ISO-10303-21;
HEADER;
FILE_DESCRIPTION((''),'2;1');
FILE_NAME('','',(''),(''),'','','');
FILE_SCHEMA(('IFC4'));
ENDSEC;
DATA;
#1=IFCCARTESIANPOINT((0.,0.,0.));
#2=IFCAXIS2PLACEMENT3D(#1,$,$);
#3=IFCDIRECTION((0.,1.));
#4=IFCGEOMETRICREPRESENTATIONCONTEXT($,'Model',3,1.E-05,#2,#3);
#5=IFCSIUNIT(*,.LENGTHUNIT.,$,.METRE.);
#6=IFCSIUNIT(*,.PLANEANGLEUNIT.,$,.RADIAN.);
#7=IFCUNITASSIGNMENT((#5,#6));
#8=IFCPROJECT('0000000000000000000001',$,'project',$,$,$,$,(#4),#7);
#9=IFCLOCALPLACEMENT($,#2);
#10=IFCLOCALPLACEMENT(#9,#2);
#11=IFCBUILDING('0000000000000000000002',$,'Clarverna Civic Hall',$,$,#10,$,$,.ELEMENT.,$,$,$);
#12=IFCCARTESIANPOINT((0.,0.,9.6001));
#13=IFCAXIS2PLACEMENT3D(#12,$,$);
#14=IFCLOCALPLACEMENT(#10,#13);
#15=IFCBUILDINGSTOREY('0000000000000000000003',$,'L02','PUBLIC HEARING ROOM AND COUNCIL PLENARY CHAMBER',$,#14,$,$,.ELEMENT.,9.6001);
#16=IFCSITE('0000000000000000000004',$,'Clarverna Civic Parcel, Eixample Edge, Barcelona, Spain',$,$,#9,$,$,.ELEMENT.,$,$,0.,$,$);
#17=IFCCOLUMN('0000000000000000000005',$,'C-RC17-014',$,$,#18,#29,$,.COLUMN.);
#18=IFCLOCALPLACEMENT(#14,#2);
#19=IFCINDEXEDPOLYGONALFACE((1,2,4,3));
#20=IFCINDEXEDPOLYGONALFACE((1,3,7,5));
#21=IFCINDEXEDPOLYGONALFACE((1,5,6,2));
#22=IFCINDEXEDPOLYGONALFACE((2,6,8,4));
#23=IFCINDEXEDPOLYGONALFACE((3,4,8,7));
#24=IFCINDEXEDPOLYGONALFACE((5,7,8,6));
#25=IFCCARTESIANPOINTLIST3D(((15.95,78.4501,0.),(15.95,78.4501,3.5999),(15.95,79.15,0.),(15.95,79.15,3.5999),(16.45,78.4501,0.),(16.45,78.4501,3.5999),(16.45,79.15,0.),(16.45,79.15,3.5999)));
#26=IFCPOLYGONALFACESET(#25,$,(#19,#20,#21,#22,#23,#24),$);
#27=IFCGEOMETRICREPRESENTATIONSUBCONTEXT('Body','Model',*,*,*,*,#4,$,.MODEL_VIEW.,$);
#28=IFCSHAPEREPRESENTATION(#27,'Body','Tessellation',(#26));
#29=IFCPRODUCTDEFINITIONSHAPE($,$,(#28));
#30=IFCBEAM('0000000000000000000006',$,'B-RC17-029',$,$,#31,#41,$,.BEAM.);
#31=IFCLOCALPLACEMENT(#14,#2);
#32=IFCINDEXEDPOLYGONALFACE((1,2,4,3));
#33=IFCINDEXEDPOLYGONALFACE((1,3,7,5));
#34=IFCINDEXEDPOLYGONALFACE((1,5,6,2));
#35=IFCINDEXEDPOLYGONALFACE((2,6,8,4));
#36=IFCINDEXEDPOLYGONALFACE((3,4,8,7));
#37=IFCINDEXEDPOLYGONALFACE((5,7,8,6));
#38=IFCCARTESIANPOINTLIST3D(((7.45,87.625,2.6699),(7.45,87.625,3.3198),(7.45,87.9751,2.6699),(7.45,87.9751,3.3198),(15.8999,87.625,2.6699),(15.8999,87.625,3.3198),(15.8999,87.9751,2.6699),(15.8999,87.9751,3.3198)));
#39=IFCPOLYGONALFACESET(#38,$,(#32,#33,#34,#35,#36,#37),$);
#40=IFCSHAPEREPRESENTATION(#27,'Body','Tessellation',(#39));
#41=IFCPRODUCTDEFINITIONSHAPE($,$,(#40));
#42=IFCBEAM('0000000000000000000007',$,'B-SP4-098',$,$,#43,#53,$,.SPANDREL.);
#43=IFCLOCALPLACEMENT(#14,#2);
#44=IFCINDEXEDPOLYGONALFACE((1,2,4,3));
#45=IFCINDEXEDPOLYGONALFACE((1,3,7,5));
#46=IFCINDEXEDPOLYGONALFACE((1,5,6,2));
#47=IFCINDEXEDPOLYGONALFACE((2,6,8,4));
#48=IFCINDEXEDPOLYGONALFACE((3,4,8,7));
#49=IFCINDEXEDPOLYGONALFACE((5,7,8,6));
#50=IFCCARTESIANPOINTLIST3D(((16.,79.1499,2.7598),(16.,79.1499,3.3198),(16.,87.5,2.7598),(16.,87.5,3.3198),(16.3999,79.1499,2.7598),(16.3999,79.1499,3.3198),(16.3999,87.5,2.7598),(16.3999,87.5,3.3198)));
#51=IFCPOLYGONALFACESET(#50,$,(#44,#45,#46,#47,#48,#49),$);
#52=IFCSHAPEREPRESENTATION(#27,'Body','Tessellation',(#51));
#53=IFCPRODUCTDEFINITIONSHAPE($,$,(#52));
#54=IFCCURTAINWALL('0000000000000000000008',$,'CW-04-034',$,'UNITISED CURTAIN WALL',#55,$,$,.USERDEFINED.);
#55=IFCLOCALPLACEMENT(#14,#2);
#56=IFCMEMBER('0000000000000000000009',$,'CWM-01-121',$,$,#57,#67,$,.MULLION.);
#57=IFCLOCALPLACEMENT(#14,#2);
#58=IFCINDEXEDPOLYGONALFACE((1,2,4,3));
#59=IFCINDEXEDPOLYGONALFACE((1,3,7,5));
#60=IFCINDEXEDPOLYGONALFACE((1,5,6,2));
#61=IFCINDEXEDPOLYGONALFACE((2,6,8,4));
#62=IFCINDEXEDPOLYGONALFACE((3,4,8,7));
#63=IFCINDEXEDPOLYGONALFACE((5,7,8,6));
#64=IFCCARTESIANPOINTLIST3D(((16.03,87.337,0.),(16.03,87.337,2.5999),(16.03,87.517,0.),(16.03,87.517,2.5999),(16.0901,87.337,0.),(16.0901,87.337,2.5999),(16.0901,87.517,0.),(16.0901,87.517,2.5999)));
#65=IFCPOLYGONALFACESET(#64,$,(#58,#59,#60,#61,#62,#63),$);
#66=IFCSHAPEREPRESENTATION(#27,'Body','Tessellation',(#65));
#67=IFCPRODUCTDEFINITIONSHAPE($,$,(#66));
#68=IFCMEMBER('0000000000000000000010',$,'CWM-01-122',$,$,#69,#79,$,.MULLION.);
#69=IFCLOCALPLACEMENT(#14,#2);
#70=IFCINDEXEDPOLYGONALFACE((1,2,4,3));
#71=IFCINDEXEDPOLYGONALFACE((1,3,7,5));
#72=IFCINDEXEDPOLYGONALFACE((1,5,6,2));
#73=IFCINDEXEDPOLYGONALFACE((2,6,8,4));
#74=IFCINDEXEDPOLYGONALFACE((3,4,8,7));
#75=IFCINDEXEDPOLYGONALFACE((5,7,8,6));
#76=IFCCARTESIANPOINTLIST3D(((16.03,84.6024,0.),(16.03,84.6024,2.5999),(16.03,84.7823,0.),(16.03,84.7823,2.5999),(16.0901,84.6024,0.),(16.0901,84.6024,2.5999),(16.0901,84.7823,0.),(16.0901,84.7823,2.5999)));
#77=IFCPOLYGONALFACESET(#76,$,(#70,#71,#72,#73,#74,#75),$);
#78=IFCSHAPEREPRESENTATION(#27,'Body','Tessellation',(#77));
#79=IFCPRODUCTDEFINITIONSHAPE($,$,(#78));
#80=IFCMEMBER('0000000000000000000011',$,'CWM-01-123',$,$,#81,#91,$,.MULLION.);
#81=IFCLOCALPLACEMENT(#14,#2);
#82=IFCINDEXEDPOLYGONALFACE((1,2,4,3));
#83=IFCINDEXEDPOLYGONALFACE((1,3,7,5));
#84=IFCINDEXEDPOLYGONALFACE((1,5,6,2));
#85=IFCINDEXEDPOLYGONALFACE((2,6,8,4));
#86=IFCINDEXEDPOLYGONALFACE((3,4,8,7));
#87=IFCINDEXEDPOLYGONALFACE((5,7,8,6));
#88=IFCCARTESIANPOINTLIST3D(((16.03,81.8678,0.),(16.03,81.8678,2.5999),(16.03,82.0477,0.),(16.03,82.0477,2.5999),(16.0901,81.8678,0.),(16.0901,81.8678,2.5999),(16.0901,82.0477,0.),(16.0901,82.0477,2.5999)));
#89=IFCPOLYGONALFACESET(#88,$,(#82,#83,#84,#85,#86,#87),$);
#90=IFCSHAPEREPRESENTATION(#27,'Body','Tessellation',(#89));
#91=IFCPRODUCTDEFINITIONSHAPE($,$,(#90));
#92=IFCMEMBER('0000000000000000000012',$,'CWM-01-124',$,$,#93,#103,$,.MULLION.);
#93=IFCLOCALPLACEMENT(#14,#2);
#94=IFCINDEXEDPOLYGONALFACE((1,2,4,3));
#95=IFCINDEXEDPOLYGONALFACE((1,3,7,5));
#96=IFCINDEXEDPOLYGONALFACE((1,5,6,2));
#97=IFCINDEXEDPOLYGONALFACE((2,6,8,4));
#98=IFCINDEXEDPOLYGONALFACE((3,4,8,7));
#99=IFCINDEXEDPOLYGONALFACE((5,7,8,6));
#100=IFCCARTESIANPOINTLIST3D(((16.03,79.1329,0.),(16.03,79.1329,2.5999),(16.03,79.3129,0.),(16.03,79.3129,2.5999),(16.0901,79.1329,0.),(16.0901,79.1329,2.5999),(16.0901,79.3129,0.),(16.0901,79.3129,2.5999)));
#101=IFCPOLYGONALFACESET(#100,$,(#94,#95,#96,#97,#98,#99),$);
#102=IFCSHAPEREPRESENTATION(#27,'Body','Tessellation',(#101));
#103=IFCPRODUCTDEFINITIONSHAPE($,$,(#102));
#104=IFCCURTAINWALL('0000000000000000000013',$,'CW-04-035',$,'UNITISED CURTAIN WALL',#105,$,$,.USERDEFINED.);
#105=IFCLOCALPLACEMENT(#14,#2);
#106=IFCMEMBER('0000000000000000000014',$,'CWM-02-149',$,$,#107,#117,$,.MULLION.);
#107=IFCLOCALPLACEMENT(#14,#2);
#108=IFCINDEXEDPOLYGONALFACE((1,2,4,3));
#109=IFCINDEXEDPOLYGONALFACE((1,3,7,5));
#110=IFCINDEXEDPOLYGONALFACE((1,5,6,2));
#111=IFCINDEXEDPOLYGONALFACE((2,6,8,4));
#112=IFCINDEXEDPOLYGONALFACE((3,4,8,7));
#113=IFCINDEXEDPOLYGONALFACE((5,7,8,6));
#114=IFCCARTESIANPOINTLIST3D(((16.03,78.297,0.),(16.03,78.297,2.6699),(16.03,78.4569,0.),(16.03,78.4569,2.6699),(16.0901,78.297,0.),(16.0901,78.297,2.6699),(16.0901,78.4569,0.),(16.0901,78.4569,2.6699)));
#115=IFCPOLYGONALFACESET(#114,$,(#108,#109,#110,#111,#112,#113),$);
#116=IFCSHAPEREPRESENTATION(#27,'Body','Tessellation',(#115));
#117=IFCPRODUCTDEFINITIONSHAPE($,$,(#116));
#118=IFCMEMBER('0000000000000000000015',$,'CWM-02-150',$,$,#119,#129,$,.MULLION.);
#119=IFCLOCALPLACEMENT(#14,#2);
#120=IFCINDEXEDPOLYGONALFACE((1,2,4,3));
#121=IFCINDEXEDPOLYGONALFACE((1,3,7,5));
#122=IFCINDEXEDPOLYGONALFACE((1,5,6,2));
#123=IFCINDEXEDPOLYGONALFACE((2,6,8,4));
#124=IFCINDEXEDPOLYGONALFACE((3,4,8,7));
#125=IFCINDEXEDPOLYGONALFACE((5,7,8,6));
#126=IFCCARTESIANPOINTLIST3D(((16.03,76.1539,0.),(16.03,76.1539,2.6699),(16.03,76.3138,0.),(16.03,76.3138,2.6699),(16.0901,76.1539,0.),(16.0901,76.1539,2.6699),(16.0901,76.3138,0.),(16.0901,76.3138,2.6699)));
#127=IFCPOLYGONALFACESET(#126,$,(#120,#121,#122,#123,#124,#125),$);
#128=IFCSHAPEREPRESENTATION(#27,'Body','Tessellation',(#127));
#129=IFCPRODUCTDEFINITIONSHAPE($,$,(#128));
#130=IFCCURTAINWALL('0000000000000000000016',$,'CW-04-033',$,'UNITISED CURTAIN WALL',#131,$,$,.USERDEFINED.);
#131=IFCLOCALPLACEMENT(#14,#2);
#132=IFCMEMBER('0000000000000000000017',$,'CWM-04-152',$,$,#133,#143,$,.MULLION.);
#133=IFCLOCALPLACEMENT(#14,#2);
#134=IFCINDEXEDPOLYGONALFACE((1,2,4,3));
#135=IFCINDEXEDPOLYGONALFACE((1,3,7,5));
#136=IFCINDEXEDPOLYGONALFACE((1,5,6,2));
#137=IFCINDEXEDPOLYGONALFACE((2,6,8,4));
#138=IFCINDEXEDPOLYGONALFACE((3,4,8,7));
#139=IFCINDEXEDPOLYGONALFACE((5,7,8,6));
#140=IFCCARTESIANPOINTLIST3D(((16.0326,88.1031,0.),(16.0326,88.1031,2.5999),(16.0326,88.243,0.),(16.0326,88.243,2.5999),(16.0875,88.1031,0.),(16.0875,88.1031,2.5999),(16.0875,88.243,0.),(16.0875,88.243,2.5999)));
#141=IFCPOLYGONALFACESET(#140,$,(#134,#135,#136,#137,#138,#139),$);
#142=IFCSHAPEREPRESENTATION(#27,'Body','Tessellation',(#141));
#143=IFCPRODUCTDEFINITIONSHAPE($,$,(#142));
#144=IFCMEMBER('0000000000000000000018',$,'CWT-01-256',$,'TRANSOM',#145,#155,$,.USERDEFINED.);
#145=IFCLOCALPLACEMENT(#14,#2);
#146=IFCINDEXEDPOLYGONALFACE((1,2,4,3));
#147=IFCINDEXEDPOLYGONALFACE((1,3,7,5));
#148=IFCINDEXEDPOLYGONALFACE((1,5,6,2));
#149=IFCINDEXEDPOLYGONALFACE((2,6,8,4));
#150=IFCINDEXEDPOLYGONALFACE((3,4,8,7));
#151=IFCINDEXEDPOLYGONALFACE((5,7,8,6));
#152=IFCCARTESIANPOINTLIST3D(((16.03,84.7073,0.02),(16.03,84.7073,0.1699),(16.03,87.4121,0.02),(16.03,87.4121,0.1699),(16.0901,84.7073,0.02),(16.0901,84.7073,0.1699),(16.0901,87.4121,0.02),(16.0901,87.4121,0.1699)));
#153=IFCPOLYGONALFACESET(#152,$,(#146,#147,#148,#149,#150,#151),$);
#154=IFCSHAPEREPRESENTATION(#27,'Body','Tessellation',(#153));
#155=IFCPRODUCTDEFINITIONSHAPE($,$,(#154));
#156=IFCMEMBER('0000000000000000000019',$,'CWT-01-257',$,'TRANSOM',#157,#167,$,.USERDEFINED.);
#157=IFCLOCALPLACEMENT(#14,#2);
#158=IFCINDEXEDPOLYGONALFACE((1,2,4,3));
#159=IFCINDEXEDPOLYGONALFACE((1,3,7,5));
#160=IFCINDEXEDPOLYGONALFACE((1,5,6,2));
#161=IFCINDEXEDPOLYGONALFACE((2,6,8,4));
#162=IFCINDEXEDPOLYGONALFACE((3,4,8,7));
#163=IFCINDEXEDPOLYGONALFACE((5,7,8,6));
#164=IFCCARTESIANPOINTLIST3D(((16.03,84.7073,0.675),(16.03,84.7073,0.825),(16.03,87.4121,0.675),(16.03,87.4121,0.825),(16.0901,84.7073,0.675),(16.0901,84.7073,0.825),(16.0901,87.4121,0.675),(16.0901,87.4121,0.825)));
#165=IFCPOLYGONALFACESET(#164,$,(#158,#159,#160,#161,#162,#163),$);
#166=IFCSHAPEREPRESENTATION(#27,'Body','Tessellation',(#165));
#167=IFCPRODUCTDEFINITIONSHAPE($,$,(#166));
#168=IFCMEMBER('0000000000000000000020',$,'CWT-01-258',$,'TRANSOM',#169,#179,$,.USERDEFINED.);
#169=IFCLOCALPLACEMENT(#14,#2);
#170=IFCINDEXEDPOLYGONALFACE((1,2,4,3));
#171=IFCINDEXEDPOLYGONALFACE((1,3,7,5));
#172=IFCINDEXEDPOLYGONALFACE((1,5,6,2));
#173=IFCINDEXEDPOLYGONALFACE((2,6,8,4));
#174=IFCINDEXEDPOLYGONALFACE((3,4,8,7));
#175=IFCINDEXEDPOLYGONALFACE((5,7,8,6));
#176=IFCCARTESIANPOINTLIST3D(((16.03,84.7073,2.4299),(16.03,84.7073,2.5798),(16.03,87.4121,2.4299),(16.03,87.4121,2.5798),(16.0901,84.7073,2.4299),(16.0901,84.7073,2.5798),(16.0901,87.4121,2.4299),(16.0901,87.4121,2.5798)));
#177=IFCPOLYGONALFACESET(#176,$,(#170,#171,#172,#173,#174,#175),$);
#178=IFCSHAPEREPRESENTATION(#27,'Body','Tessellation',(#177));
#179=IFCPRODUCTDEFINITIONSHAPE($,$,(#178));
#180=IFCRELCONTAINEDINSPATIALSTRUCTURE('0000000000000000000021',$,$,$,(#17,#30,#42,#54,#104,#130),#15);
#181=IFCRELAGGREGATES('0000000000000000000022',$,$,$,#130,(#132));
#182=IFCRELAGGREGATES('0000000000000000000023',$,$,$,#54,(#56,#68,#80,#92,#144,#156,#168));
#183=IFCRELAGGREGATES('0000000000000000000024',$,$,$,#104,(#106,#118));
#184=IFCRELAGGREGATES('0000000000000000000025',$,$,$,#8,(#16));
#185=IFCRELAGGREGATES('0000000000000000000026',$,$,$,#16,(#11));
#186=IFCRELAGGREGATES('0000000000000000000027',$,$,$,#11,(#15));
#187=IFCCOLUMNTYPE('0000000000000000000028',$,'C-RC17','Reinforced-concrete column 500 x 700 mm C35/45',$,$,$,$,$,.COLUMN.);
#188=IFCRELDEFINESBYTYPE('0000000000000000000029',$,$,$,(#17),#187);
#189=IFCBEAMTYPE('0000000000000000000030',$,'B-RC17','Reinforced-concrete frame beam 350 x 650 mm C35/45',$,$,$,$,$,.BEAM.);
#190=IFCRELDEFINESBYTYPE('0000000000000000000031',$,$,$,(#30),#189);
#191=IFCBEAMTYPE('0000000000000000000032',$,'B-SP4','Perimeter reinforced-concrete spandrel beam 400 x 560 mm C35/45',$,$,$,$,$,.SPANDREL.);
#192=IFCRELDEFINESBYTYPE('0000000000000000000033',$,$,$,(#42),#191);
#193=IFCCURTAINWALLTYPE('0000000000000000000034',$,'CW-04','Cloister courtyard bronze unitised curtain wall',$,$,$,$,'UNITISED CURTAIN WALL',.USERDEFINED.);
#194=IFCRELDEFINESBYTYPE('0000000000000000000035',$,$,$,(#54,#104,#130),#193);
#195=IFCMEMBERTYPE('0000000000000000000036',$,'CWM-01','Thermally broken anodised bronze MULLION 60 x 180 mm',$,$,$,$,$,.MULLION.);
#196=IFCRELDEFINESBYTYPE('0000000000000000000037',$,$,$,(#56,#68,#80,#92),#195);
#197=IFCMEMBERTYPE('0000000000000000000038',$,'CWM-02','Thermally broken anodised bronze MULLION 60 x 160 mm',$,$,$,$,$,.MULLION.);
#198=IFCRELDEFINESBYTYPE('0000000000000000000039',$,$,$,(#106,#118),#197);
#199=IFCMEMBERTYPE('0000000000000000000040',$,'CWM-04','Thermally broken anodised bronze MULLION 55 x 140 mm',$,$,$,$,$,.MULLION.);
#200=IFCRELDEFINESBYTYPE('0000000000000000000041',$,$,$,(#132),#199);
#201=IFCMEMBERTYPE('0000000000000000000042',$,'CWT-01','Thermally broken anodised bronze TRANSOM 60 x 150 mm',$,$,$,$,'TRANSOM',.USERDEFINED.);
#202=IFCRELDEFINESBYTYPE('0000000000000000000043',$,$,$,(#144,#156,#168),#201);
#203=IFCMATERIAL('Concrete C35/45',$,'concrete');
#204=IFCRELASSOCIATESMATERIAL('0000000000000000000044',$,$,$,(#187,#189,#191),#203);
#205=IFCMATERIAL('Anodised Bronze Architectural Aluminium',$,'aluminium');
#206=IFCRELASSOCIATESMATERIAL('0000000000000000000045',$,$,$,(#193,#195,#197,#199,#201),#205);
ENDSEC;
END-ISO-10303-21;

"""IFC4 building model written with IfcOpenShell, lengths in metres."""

from ifc_helpers import new_model, si_unit, direction, frame, origin, origin_2d, place, context, subcontext, project, spatial, rectangle, extrude, material, material_profile, profile_set, type_object, element, aggregate, save


model = new_model("IFC4")

# Units and contexts
model_context = context("Model", 3, precision=1e-05, world=origin(), true_north=direction((0.0, 1.0)))
body_context = subcontext(model_context, "Body", "Model", "MODEL_VIEW")
ifc_project = project(units=[si_unit("LENGTHUNIT", "METRE"), si_unit("PLANEANGLEUNIT", "RADIAN")], contexts=[model_context])

# Site, building, storey
site_placement = place(None, origin())
site = spatial("IfcSite", under=ifc_project, at=site_placement, Name="Clarverna Civic Parcel, Eixample Edge, Barcelona, Spain", CompositionType="ELEMENT", RefElevation=0.0)
building_placement = place(site_placement, origin())
building = spatial("IfcBuilding", under=site, at=building_placement, Name="Clarverna Civic Hall", CompositionType="ELEMENT")
storey_placement = place(building_placement, frame((0.0, 0.0, 9.6001)))
storey = spatial("IfcBuildingStorey", under=building, at=storey_placement, Name="L02", Description="PUBLIC HEARING ROOM AND COUNCIL PLENARY CHAMBER", CompositionType="ELEMENT", Elevation=9.6001)

# Column
ifc_material_1 = material(Name="Concrete C35/45", Category="concrete")
ifc_material_profile_1 = material_profile(ifc_material_1, rectangle(XDim=0.5, YDim=0.7, at=origin_2d()), Name="RC 500x700")
ifc_profile_set_1 = profile_set([ifc_material_profile_1], Name="Concrete C35/45")
column_type = type_object("IfcColumnType", Name="C-RC17", Description="Reinforced-concrete column 500 x 700 mm C35/45", PredefinedType="COLUMN", material=ifc_profile_set_1)
column_placement = place(storey_placement, frame((16.2, 78.8, 0.0), z_axis=(0.0, 0.0, 1.0), x_axis=(1.0, 0.0, 0.0)))
element("IfcColumn", 1, at=column_placement, inside=storey, type_object=column_type, Name="C-RC17-014", PredefinedType="COLUMN", context=body_context, shape_type="SweptSolid", body=[
    extrude(rectangle(XDim=0.5, YDim=0.7, at=origin_2d()), origin(), (0.0, 0.0, 1.0), 3.5999),
])

# Beams
ifc_material_profile_2 = material_profile(ifc_material_1, rectangle(XDim=0.3501, YDim=0.6499, at=origin_2d()), Name="RC 350x650")
ifc_profile_set_2 = profile_set([ifc_material_profile_2], Name="Concrete C35/45")
beam_type_1 = type_object("IfcBeamType", Name="B-RC17", Description="Reinforced-concrete frame beam 350 x 650 mm C35/45", PredefinedType="BEAM", material=ifc_profile_set_2)
beam_1_placement = place(storey_placement, frame((7.45, 87.8, 2.9949), z_axis=(1.0, 0.0, 0.0), x_axis=(0.0, 1.0, 0.0)))
element("IfcBeam", 2, at=beam_1_placement, inside=storey, type_object=beam_type_1, Name="B-RC17-029", PredefinedType="BEAM", context=body_context, shape_type="SweptSolid", body=[
    extrude(rectangle(XDim=0.3501, YDim=0.6499, at=origin_2d()), origin(), (0.0, 0.0, 1.0), 8.45),
])
ifc_material_profile_3 = material_profile(ifc_material_1, rectangle(XDim=0.3999, YDim=0.5601, at=origin_2d()), Name="RC 400x560")
ifc_profile_set_3 = profile_set([ifc_material_profile_3], Name="Concrete C35/45")
beam_type_2 = type_object("IfcBeamType", Name="B-SP4", Description="Perimeter reinforced-concrete spandrel beam 400 x 560 mm C35/45", PredefinedType="SPANDREL", material=ifc_profile_set_3)
beam_2_placement = place(storey_placement, frame((16.2, 79.1499, 3.0398), z_axis=(0.0, 1.0, 0.0), x_axis=(-1.0, 0.0, 0.0)))
element("IfcBeam", 3, at=beam_2_placement, inside=storey, type_object=beam_type_2, Name="B-SP4-098", PredefinedType="SPANDREL", context=body_context, shape_type="SweptSolid", body=[
    extrude(rectangle(XDim=0.3999, YDim=0.5601, at=origin_2d()), origin(), (0.0, 0.0, 1.0), 8.3501),
])

# Curtain walls, members
ifc_material_2 = material(Name="Anodised Bronze Architectural Aluminium", Category="aluminium")
curtain_wall_type = type_object("IfcCurtainWallType", Name="CW-04", Description="Cloister courtyard bronze unitised curtain wall", ElementType="UNITISED CURTAIN WALL", PredefinedType="USERDEFINED", material=ifc_material_2)
curtain_wall_1_placement = place(storey_placement, origin())
curtain_wall_1 = element("IfcCurtainWall", 4, at=curtain_wall_1_placement, inside=storey, type_object=curtain_wall_type, Name="CW-04-034", ObjectType="UNITISED CURTAIN WALL", PredefinedType="USERDEFINED")
ifc_material_profile_4 = material_profile(ifc_material_2, rectangle(XDim=0.0601, YDim=0.1799, at=origin_2d()), Name="BRONZE 60x180")
ifc_profile_set_4 = profile_set([ifc_material_profile_4], Name="Anodised Bronze Architectural Aluminium")
member_type_1 = type_object("IfcMemberType", Name="CWM-01", Description="Thermally broken anodised bronze MULLION 60 x 180 mm", PredefinedType="MULLION", material=ifc_profile_set_4)
member_1_placement = place(storey_placement, frame((16.0601, 87.427, 0.0), z_axis=(0.0, 0.0, 1.0), x_axis=(1.0, 0.0, 0.0)))
member_1 = element("IfcMember", 5, at=member_1_placement, type_object=member_type_1, Name="CWM-01-121", PredefinedType="MULLION", context=body_context, shape_type="SweptSolid", body=[
    extrude(rectangle(XDim=0.0601, YDim=0.1799, at=origin_2d()), origin(), (0.0, 0.0, 1.0), 2.5999),
])
member_2_placement = place(storey_placement, frame((16.0601, 84.6924, 0.0), z_axis=(0.0, 0.0, 1.0), x_axis=(1.0, 0.0, 0.0)))
member_2 = element("IfcMember", 6, at=member_2_placement, type_object=member_type_1, Name="CWM-01-122", PredefinedType="MULLION", context=body_context, shape_type="SweptSolid", body=[
    extrude(rectangle(XDim=0.0601, YDim=0.1799, at=origin_2d()), origin(), (0.0, 0.0, 1.0), 2.5999),
])
member_3_placement = place(storey_placement, frame((16.0601, 81.9578, 0.0), z_axis=(0.0, 0.0, 1.0), x_axis=(1.0, 0.0, 0.0)))
member_3 = element("IfcMember", 7, at=member_3_placement, type_object=member_type_1, Name="CWM-01-123", PredefinedType="MULLION", context=body_context, shape_type="SweptSolid", body=[
    extrude(rectangle(XDim=0.0601, YDim=0.1799, at=origin_2d()), origin(), (0.0, 0.0, 1.0), 2.5999),
])
member_4_placement = place(storey_placement, frame((16.0601, 79.2229, 0.0), z_axis=(0.0, 0.0, 1.0), x_axis=(1.0, 0.0, 0.0)))
member_4 = element("IfcMember", 8, at=member_4_placement, type_object=member_type_1, Name="CWM-01-124", PredefinedType="MULLION", context=body_context, shape_type="SweptSolid", body=[
    extrude(rectangle(XDim=0.0601, YDim=0.1799, at=origin_2d()), origin(), (0.0, 0.0, 1.0), 2.5999),
])
curtain_wall_2_placement = place(storey_placement, origin())
curtain_wall_2 = element("IfcCurtainWall", 9, at=curtain_wall_2_placement, inside=storey, type_object=curtain_wall_type, Name="CW-04-035", ObjectType="UNITISED CURTAIN WALL", PredefinedType="USERDEFINED")
ifc_material_profile_5 = material_profile(ifc_material_2, rectangle(XDim=0.0601, YDim=0.1599, at=origin_2d()), Name="BRONZE 60x160")
ifc_profile_set_5 = profile_set([ifc_material_profile_5], Name="Anodised Bronze Architectural Aluminium")
member_type_2 = type_object("IfcMemberType", Name="CWM-02", Description="Thermally broken anodised bronze MULLION 60 x 160 mm", PredefinedType="MULLION", material=ifc_profile_set_5)
member_5_placement = place(storey_placement, frame((16.0601, 78.377, 0.0), z_axis=(0.0, 0.0, 1.0), x_axis=(1.0, 0.0, 0.0)))
member_5 = element("IfcMember", 10, at=member_5_placement, type_object=member_type_2, Name="CWM-02-149", PredefinedType="MULLION", context=body_context, shape_type="SweptSolid", body=[
    extrude(rectangle(XDim=0.0601, YDim=0.1599, at=origin_2d()), origin(), (0.0, 0.0, 1.0), 2.6699),
])
member_6_placement = place(storey_placement, frame((16.0601, 76.2339, 0.0), z_axis=(0.0, 0.0, 1.0), x_axis=(1.0, 0.0, 0.0)))
member_6 = element("IfcMember", 11, at=member_6_placement, type_object=member_type_2, Name="CWM-02-150", PredefinedType="MULLION", context=body_context, shape_type="SweptSolid", body=[
    extrude(rectangle(XDim=0.0601, YDim=0.1599, at=origin_2d()), origin(), (0.0, 0.0, 1.0), 2.6699),
])

# Curtain wall, member
curtain_wall_3_placement = place(storey_placement, origin())
curtain_wall_3 = element("IfcCurtainWall", 12, at=curtain_wall_3_placement, inside=storey, type_object=curtain_wall_type, Name="CW-04-033", ObjectType="UNITISED CURTAIN WALL", PredefinedType="USERDEFINED")
ifc_material_profile_6 = material_profile(ifc_material_2, rectangle(XDim=0.0549, YDim=0.1399, at=origin_2d()), Name="BRONZE 55x140")
ifc_profile_set_6 = profile_set([ifc_material_profile_6], Name="Anodised Bronze Architectural Aluminium")
member_type_3 = type_object("IfcMemberType", Name="CWM-04", Description="Thermally broken anodised bronze MULLION 55 x 140 mm", PredefinedType="MULLION", material=ifc_profile_set_6)
member_7_placement = place(storey_placement, frame((16.0601, 88.1731, 0.0), z_axis=(0.0, 0.0, 1.0), x_axis=(1.0, 0.0, 0.0)))
member_7 = element("IfcMember", 13, at=member_7_placement, type_object=member_type_3, Name="CWM-04-152", PredefinedType="MULLION", context=body_context, shape_type="SweptSolid", body=[
    extrude(rectangle(XDim=0.0549, YDim=0.1399, at=origin_2d()), origin(), (0.0, 0.0, 1.0), 2.5999),
])
aggregate(curtain_wall_3, [member_7])

# Members
ifc_material_profile_7 = material_profile(ifc_material_2, rectangle(XDim=0.0601, YDim=0.1499, at=origin_2d()), Name="BRONZE 60x150")
ifc_profile_set_7 = profile_set([ifc_material_profile_7], Name="Anodised Bronze Architectural Aluminium")
member_type_4 = type_object("IfcMemberType", Name="CWT-01", Description="Thermally broken anodised bronze TRANSOM 60 x 150 mm", ElementType="TRANSOM", PredefinedType="USERDEFINED", material=ifc_profile_set_7)
member_8_placement = place(storey_placement, frame((16.0601, 87.4121, 0.095), z_axis=(0.0, -1.0, 0.0), x_axis=(1.0, 0.0, 0.0)))
member_8 = element("IfcMember", 14, at=member_8_placement, type_object=member_type_4, Name="CWT-01-256", ObjectType="TRANSOM", PredefinedType="USERDEFINED", context=body_context, shape_type="SweptSolid", body=[
    extrude(rectangle(XDim=0.0601, YDim=0.1499, at=origin_2d()), origin(), (0.0, 0.0, 1.0), 2.7048),
])
member_9_placement = place(storey_placement, frame((16.0601, 87.4121, 0.75), z_axis=(0.0, -1.0, 0.0), x_axis=(1.0, 0.0, 0.0)))
member_9 = element("IfcMember", 15, at=member_9_placement, type_object=member_type_4, Name="CWT-01-257", ObjectType="TRANSOM", PredefinedType="USERDEFINED", context=body_context, shape_type="SweptSolid", body=[
    extrude(rectangle(XDim=0.0601, YDim=0.1499, at=origin_2d()), origin(), (0.0, 0.0, 1.0), 2.7048),
])
member_10_placement = place(storey_placement, frame((16.0601, 87.4121, 2.5049), z_axis=(0.0, -1.0, 0.0), x_axis=(1.0, 0.0, 0.0)))
member_10 = element("IfcMember", 16, at=member_10_placement, type_object=member_type_4, Name="CWT-01-258", ObjectType="TRANSOM", PredefinedType="USERDEFINED", context=body_context, shape_type="SweptSolid", body=[
    extrude(rectangle(XDim=0.0601, YDim=0.1499, at=origin_2d()), origin(), (0.0, 0.0, 1.0), 2.7048),
])

aggregate(curtain_wall_1, [member_1, member_2, member_3, member_4, member_8, member_9, member_10])
aggregate(curtain_wall_2, [member_5, member_6])

save(model, "model.ifc")
